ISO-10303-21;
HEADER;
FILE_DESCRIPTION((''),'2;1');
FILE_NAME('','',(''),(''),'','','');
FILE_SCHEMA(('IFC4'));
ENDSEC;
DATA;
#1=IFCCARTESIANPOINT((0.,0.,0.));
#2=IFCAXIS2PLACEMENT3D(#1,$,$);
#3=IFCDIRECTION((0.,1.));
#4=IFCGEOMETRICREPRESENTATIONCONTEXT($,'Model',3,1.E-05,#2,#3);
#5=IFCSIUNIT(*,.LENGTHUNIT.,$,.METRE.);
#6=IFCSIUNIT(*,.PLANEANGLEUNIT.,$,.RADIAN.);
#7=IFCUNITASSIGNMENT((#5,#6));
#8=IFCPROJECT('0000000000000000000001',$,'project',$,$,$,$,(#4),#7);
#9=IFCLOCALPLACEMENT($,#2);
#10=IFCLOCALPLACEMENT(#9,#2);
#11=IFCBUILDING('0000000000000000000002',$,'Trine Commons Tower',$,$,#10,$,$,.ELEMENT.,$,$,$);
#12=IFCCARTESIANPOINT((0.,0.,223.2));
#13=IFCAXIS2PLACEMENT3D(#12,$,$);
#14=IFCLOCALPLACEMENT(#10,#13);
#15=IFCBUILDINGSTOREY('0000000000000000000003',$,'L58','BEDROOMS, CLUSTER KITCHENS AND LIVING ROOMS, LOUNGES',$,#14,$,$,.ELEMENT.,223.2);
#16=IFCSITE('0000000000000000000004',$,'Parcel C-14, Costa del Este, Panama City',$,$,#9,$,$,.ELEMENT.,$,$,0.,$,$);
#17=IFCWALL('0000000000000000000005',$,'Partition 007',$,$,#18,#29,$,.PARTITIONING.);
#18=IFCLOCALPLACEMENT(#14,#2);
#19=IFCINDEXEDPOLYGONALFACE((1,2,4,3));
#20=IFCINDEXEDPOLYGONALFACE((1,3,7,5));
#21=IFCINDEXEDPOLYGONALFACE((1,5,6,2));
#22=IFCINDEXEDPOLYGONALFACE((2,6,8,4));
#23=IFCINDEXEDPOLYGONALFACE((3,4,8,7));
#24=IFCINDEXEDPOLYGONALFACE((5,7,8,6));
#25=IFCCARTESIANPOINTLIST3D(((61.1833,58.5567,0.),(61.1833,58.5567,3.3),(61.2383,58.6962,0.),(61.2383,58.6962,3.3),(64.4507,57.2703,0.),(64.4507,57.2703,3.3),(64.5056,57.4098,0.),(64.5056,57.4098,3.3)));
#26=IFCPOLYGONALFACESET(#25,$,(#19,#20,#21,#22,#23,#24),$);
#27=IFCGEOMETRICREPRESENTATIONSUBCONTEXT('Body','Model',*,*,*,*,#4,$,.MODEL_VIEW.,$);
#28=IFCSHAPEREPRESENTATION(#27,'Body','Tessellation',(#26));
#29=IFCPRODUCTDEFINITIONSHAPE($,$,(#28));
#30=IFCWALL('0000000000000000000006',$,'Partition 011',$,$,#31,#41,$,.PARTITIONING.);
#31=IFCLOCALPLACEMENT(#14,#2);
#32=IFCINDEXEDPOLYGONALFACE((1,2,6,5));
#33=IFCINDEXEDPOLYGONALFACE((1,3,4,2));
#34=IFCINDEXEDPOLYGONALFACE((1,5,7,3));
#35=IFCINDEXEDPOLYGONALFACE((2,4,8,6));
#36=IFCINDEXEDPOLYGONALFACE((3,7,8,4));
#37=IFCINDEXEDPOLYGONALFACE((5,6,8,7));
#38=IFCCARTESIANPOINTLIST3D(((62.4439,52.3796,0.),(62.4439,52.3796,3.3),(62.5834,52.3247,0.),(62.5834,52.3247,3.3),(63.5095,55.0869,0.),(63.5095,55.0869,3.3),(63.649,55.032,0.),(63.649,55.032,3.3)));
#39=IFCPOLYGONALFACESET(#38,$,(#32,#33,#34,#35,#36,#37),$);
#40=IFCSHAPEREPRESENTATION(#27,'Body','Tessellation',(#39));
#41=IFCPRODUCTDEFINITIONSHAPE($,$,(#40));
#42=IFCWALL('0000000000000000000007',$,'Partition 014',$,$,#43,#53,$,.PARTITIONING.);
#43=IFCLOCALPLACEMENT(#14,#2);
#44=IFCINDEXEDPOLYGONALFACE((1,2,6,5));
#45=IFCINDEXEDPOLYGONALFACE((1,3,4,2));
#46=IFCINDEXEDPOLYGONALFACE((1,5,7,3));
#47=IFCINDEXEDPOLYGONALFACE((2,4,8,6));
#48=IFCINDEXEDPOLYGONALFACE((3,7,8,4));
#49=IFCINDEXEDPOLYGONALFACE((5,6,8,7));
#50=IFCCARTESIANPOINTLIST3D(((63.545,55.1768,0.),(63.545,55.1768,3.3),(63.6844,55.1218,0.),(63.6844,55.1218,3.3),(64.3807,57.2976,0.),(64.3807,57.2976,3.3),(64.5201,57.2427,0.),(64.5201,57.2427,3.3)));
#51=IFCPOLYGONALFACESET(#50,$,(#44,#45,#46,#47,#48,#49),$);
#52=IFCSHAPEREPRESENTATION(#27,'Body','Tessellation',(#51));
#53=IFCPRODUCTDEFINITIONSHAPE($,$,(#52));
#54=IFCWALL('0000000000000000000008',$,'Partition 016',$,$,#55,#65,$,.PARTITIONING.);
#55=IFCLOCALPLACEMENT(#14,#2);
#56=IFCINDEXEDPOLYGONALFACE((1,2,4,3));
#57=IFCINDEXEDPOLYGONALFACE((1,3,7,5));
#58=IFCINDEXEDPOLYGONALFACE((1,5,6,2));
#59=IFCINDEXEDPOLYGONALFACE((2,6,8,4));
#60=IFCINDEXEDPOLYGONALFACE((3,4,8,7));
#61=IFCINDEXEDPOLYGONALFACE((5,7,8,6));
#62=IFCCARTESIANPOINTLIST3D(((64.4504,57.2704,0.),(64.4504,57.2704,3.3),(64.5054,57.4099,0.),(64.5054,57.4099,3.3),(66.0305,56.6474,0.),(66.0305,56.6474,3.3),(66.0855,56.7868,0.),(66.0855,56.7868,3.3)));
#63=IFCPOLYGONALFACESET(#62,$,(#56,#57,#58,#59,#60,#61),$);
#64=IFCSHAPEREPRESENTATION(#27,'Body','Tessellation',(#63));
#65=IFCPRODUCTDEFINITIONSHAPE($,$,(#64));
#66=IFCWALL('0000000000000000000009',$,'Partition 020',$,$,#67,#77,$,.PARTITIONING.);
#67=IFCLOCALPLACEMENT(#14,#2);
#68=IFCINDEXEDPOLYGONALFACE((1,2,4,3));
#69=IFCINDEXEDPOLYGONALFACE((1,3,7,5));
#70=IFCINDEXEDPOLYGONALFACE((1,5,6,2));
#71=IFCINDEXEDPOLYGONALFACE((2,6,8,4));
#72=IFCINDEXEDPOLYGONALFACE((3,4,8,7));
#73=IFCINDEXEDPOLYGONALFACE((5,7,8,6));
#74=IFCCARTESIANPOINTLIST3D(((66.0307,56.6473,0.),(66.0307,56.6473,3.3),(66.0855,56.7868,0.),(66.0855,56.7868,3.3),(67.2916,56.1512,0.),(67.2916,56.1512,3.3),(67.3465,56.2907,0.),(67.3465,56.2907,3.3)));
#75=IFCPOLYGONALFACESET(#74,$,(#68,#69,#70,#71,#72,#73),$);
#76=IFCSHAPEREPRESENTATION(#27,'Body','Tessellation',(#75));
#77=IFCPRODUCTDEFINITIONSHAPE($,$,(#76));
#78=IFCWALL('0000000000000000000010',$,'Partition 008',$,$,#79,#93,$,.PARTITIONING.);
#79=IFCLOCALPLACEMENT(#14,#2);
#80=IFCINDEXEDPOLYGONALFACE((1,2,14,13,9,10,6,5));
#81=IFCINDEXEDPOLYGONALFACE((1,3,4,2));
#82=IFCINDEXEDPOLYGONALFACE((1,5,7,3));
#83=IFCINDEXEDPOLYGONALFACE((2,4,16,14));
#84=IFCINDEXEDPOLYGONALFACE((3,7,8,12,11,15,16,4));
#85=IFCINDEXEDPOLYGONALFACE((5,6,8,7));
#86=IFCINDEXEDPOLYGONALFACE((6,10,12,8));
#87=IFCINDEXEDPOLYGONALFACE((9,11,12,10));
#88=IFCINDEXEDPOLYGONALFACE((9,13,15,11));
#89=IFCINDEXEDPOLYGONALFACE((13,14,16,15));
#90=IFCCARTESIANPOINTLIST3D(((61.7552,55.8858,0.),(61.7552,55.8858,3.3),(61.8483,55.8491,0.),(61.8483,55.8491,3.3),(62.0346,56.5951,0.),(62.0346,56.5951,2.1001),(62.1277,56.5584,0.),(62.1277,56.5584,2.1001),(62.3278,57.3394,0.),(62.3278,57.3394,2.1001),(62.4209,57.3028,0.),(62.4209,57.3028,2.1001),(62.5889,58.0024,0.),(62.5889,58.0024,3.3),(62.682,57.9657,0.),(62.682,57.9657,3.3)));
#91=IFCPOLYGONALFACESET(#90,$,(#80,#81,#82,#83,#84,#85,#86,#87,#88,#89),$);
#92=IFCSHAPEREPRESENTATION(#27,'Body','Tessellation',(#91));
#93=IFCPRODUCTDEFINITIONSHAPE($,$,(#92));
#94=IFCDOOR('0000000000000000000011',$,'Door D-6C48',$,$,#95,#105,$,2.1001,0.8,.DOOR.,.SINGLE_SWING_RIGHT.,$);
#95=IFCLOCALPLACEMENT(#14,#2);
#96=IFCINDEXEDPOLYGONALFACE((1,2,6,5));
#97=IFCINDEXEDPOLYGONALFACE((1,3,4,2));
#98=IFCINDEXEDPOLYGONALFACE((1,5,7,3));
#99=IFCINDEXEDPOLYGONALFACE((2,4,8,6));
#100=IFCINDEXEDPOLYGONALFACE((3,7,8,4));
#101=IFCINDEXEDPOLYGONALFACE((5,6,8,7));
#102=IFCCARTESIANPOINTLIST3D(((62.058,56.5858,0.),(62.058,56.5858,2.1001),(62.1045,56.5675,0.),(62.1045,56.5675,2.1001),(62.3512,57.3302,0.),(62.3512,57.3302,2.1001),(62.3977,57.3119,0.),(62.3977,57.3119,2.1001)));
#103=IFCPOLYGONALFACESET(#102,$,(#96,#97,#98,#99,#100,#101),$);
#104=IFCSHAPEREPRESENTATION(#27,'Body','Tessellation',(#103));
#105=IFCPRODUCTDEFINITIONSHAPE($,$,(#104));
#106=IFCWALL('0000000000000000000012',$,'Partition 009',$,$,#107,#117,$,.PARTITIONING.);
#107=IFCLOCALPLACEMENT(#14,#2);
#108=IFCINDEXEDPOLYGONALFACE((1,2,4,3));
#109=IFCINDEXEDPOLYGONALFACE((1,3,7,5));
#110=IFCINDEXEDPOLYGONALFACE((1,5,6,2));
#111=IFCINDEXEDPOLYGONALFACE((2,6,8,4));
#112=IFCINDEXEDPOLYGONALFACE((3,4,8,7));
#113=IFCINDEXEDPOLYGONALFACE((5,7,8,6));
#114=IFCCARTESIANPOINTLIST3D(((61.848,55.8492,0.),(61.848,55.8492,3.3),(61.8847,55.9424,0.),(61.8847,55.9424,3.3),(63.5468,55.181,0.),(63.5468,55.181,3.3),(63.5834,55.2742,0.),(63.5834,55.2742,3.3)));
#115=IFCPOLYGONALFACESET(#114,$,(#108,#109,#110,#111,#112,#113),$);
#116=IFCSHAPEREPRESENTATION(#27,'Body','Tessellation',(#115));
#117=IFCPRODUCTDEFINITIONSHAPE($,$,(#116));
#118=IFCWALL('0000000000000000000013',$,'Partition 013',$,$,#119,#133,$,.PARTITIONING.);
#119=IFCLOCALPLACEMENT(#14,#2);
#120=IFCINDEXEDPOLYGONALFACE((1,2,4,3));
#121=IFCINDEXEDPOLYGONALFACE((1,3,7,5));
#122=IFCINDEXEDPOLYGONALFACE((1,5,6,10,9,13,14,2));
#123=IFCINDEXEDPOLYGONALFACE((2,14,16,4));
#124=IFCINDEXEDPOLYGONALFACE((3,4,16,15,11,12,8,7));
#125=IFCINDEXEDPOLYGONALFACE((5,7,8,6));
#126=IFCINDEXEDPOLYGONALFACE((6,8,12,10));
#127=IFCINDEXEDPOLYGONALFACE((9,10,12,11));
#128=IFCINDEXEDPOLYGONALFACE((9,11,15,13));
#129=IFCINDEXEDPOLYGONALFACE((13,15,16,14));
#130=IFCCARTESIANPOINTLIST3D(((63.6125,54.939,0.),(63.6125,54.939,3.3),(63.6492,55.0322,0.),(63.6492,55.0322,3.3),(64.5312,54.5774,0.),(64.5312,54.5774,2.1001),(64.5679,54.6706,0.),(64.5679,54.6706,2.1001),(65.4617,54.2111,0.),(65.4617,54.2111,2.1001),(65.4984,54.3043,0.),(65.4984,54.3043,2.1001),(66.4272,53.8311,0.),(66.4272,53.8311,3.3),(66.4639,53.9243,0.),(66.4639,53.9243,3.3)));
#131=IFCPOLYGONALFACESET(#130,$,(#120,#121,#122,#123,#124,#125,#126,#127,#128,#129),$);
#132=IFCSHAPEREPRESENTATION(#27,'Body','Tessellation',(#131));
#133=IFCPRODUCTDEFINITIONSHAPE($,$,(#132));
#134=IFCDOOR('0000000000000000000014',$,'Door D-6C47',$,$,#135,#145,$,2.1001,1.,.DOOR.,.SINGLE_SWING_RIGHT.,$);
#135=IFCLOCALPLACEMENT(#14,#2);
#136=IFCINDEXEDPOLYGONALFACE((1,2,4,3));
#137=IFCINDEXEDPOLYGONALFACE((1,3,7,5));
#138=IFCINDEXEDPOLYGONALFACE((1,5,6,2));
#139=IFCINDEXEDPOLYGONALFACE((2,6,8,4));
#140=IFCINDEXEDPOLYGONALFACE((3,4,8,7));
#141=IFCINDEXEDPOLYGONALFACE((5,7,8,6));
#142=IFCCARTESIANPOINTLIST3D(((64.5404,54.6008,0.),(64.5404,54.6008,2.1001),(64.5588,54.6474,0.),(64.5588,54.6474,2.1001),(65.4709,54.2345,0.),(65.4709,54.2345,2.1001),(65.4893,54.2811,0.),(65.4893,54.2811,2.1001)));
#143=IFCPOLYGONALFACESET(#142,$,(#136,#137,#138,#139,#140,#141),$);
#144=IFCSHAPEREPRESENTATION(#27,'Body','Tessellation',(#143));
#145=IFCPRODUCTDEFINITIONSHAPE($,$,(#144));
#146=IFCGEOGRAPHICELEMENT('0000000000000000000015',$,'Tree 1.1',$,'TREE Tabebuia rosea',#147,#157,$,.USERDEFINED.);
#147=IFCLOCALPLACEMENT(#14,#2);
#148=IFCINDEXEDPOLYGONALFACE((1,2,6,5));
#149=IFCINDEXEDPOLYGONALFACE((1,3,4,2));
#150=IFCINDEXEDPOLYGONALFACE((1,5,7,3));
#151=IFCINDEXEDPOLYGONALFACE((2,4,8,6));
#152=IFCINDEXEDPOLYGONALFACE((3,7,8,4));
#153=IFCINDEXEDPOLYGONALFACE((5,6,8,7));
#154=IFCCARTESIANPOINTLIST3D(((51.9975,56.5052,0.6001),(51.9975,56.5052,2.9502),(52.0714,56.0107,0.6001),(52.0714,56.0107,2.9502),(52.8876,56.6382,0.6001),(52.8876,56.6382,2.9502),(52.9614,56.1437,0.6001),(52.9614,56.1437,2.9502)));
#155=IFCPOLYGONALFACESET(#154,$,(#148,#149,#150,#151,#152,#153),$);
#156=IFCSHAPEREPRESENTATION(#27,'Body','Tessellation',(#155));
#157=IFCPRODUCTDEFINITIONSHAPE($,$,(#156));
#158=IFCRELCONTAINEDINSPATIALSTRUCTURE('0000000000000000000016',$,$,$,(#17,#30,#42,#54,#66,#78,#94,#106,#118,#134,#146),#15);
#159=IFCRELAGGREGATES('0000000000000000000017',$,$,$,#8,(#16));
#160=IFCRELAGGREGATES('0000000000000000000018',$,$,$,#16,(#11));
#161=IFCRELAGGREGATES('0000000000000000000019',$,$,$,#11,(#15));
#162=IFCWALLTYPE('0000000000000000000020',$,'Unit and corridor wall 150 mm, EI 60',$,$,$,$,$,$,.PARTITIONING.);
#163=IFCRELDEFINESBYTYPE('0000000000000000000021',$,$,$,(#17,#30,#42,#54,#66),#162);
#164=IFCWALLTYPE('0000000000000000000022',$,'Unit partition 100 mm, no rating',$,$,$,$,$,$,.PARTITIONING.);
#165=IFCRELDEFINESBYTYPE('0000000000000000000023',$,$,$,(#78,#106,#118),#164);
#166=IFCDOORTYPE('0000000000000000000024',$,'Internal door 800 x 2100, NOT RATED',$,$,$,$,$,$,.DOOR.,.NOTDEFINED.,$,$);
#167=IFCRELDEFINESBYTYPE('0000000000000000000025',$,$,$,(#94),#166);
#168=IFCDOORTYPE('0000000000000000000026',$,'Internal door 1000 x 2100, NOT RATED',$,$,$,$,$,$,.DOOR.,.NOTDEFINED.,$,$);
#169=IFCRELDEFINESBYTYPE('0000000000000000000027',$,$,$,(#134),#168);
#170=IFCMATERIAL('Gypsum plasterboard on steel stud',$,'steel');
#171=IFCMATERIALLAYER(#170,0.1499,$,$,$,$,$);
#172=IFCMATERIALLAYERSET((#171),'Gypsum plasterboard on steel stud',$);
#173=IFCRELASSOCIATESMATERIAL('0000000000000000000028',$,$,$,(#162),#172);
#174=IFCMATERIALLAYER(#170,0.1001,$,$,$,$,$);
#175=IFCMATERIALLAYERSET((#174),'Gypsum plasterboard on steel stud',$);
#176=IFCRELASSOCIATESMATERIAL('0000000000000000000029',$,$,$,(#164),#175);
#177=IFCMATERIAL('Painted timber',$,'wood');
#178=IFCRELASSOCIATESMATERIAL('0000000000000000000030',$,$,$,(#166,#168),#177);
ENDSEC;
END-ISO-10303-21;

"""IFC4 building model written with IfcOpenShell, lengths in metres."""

from ifc_helpers import new_model, si_unit, direction, frame, frame_2d, origin, origin_2d, place, context, subcontext, project, spatial, rectangle, extrude, material, layer, layer_set, type_object, element, fill, save


model = new_model("IFC4")

# Units and contexts
model_context = context("Model", 3, precision=1e-05, world=origin(), true_north=direction((0.0, 1.0)))
body_context = subcontext(model_context, "Body", "Model", "MODEL_VIEW")
ifc_project = project(units=[si_unit("LENGTHUNIT", "METRE"), si_unit("PLANEANGLEUNIT", "RADIAN")], contexts=[model_context])

# Site, building, storey
site_placement = place(None, origin())
site = spatial("IfcSite", under=ifc_project, at=site_placement, Name="Parcel C-14, Costa del Este, Panama City", CompositionType="ELEMENT", RefElevation=0.0)
building_placement = place(site_placement, origin())
building = spatial("IfcBuilding", under=site, at=building_placement, Name="Trine Commons Tower", CompositionType="ELEMENT")
storey_placement = place(building_placement, frame((0.0, 0.0, 223.2)))
storey = spatial("IfcBuildingStorey", under=building, at=storey_placement, Name="L58", Description="BEDROOMS, CLUSTER KITCHENS AND LIVING ROOMS, LOUNGES", CompositionType="ELEMENT", Elevation=223.2)

# Shared definitions
ifc_material_1 = material(Name="Gypsum plasterboard on steel stud", Category="steel")
ifc_layer_1 = layer(ifc_material_1, 0.1499)
ifc_layer_set_1 = layer_set([ifc_layer_1], Name="Gypsum plasterboard on steel stud")
wall_type_1 = type_object("IfcWallType", Name="Unit and corridor wall 150 mm, EI 60", PredefinedType="PARTITIONING", material=ifc_layer_set_1)

# Walls
wall_1_placement = place(storey_placement, frame((61.2107, 58.6265, 0.0), z_axis=(0.0, 0.0, 1.0), x_axis=(0.930482, -0.366338, 0.0)))
element("IfcWall", 1, at=wall_1_placement, inside=storey, type_object=wall_type_1, Name="Partition 007", PredefinedType="PARTITIONING", context=body_context, shape_type="SweptSolid", body=[
    extrude(rectangle(XDim=3.5115, YDim=0.1499, at=frame_2d((1.7559, 0.0))), origin(), (0.0, 0.0, 1.0), 3.3),
])
wall_2_placement = place(storey_placement, frame((62.5137, 52.3523, 0.0), z_axis=(0.0, 0.0, 1.0), x_axis=(0.366278, 0.930505, 0.0)))
element("IfcWall", 2, at=wall_2_placement, inside=storey, type_object=wall_type_1, Name="Partition 011", PredefinedType="PARTITIONING", context=body_context, shape_type="SweptSolid", body=[
    extrude(rectangle(XDim=2.9094, YDim=0.1499, at=frame_2d((1.4546, 0.0))), origin(), (0.0, 0.0, 1.0), 3.3),
])
wall_3_placement = place(storey_placement, frame((63.6147, 55.1494, 0.0), z_axis=(0.0, 0.0, 1.0), x_axis=(0.366603, 0.930377, 0.0)))
element("IfcWall", 3, at=wall_3_placement, inside=storey, type_object=wall_type_1, Name="Partition 014", PredefinedType="PARTITIONING", context=body_context, shape_type="SweptSolid", body=[
    extrude(rectangle(XDim=2.2795, YDim=0.1499, at=frame_2d((1.1396, 0.0))), origin(), (0.0, 0.0, 1.0), 3.3),
])
wall_4_placement = place(storey_placement, frame((64.478, 57.3401, 0.0), z_axis=(0.0, 0.0, 1.0), x_axis=(0.93029, -0.366826, 0.0)))
element("IfcWall", 4, at=wall_4_placement, inside=storey, type_object=wall_type_1, Name="Partition 016", PredefinedType="PARTITIONING", context=body_context, shape_type="SweptSolid", body=[
    extrude(rectangle(XDim=1.6985, YDim=0.1499, at=frame_2d((0.8491, 0.0))), origin(), (0.0, 0.0, 1.0), 3.3),
])
wall_5_placement = place(storey_placement, frame((66.0581, 56.717, 0.0), z_axis=(0.0, 0.0, 1.0), x_axis=(0.930574, -0.366104, 0.0)))
element("IfcWall", 5, at=wall_5_placement, inside=storey, type_object=wall_type_1, Name="Partition 020", PredefinedType="PARTITIONING", context=body_context, shape_type="SweptSolid", body=[
    extrude(rectangle(XDim=1.355, YDim=0.1499, at=frame_2d((0.6775, 0.0))), origin(), (0.0, 0.0, 1.0), 3.3),
])

# Wall, opening, door
ifc_layer_2 = layer(ifc_material_1, 0.1001)
ifc_layer_set_2 = layer_set([ifc_layer_2], Name="Gypsum plasterboard on steel stud")
wall_type_2 = type_object("IfcWallType", Name="Unit partition 100 mm, no rating", PredefinedType="PARTITIONING", material=ifc_layer_set_2)
wall_6_placement = place(storey_placement, frame((61.8018, 55.8674, 0.0), z_axis=(0.0, 0.0, 1.0), x_axis=(0.366482, 0.930425, 0.0)))
wall_6 = element("IfcWall", 6, at=wall_6_placement, inside=storey, type_object=wall_type_2, Name="Partition 008", PredefinedType="PARTITIONING", context=body_context, shape_type="SweptSolid", body=[
    extrude(rectangle(XDim=2.2749, YDim=0.1001, at=frame_2d((1.1375, 0.0))), origin(), (0.0, 0.0, 1.0), 3.3),
])
opening_1_placement = place(wall_6_placement, frame((0.7625, 0.0, 0.0)))
opening_1 = element("IfcOpeningElement", 7, at=opening_1_placement, cuts=wall_6, PredefinedType="OPENING", context=body_context, shape_type="SweptSolid", body=[
    extrude(rectangle(XDim=0.8, YDim=2.1001, at=frame_2d((0.3999, 1.05))), frame((0.0, 0.0601, 0.0), z_axis=(0.0, -1.0, 0.0), x_axis=(1.0, 0.0, 0.0)), (0.0, 0.0, 1.0), 0.1201),
])
ifc_material_2 = material(Name="Painted timber", Category="wood")
door_type_1 = type_object("IfcDoorType", Name="Internal door 800 x 2100, NOT RATED", OperationType="NOTDEFINED", PredefinedType="DOOR", material=ifc_material_2)
door_1_placement = place(opening_1_placement, origin())
door_1 = element("IfcDoor", 8, at=door_1_placement, inside=storey, type_object=door_type_1, Name="Door D-6C48", OperationType="SINGLE_SWING_RIGHT", OverallHeight=2.1001, OverallWidth=0.8, PredefinedType="DOOR", context=body_context, shape_type="SweptSolid", body=[
    extrude(rectangle(XDim=0.8, YDim=2.1001, at=frame_2d((0.3999, 1.05))), frame((0.0, 0.0249, 0.0), z_axis=(0.0, -1.0, 0.0), x_axis=(1.0, 0.0, 0.0)), (0.0, 0.0, 1.0), 0.05),
])
fill(opening_1, door_1)

# Wall
wall_7_placement = place(storey_placement, frame((61.8665, 55.8958, 0.0), z_axis=(0.0, 0.0, 1.0), x_axis=(0.930592, -0.366058, 0.0)))
element("IfcWall", 9, at=wall_7_placement, inside=storey, type_object=wall_type_2, Name="Partition 009", PredefinedType="PARTITIONING", context=body_context, shape_type="SweptSolid", body=[
    extrude(rectangle(XDim=1.8254, YDim=0.1001, at=frame_2d((0.9126, 0.0))), origin(), (0.0, 0.0, 1.0), 3.3),
])

# Wall, opening, door
wall_8_placement = place(storey_placement, frame((63.6309, 54.9856, 0.0), z_axis=(0.0, 0.0, 1.0), x_axis=(0.930511, -0.366264, 0.0)))
wall_8 = element("IfcWall", 10, at=wall_8_placement, inside=storey, type_object=wall_type_2, Name="Partition 013", PredefinedType="PARTITIONING", context=body_context, shape_type="SweptSolid", body=[
    extrude(rectangle(XDim=3.0249, YDim=0.1001, at=frame_2d((1.5125, 0.0))), origin(), (0.0, 0.0, 1.0), 3.3),
])
opening_2_placement = place(wall_8_placement, frame((0.9873, 0.0, 0.0)))
opening_2 = element("IfcOpeningElement", 11, at=opening_2_placement, cuts=wall_8, PredefinedType="OPENING", context=body_context, shape_type="SweptSolid", body=[
    extrude(rectangle(XDim=1.0, YDim=2.1001, at=frame_2d((0.5, 1.05))), frame((0.0, 0.0601, 0.0), z_axis=(0.0, -1.0, 0.0), x_axis=(1.0, 0.0, 0.0)), (0.0, 0.0, 1.0), 0.1201),
])
door_type_2 = type_object("IfcDoorType", Name="Internal door 1000 x 2100, NOT RATED", OperationType="NOTDEFINED", PredefinedType="DOOR", material=ifc_material_2)
door_2_placement = place(opening_2_placement, frame((1.0, 0.0, 0.0), z_axis=(0.0, 0.0, 1.0), x_axis=(-1.0, 0.0, 0.0)))
door_2 = element("IfcDoor", 12, at=door_2_placement, inside=storey, type_object=door_type_2, Name="Door D-6C47", OperationType="SINGLE_SWING_RIGHT", OverallHeight=2.1001, OverallWidth=1.0, PredefinedType="DOOR", context=body_context, shape_type="SweptSolid", body=[
    extrude(rectangle(XDim=1.0, YDim=2.1001, at=frame_2d((0.5, 1.05))), frame((0.0, 0.0249, 0.0), z_axis=(0.0, -1.0, 0.0), x_axis=(1.0, 0.0, 0.0)), (0.0, 0.0, 1.0), 0.05),
])
fill(opening_2, door_2)

# Geographic element
geographic_element_placement = place(storey_placement, frame((52.4795, 56.3245, 0.6001), z_axis=(0.0, 0.0, 1.0), x_axis=(0.989019, 0.14779, 0.0)))
element("IfcGeographicElement", 13, at=geographic_element_placement, inside=storey, Name="Tree 1.1", ObjectType="TREE Tabebuia rosea", PredefinedType="USERDEFINED", context=body_context, shape_type="SweptSolid", body=[
    extrude(rectangle(XDim=0.8999, YDim=0.5, at=origin_2d()), origin(), (0.0, 0.0, 1.0), 2.3501),
])

save(model, "model.ifc")
